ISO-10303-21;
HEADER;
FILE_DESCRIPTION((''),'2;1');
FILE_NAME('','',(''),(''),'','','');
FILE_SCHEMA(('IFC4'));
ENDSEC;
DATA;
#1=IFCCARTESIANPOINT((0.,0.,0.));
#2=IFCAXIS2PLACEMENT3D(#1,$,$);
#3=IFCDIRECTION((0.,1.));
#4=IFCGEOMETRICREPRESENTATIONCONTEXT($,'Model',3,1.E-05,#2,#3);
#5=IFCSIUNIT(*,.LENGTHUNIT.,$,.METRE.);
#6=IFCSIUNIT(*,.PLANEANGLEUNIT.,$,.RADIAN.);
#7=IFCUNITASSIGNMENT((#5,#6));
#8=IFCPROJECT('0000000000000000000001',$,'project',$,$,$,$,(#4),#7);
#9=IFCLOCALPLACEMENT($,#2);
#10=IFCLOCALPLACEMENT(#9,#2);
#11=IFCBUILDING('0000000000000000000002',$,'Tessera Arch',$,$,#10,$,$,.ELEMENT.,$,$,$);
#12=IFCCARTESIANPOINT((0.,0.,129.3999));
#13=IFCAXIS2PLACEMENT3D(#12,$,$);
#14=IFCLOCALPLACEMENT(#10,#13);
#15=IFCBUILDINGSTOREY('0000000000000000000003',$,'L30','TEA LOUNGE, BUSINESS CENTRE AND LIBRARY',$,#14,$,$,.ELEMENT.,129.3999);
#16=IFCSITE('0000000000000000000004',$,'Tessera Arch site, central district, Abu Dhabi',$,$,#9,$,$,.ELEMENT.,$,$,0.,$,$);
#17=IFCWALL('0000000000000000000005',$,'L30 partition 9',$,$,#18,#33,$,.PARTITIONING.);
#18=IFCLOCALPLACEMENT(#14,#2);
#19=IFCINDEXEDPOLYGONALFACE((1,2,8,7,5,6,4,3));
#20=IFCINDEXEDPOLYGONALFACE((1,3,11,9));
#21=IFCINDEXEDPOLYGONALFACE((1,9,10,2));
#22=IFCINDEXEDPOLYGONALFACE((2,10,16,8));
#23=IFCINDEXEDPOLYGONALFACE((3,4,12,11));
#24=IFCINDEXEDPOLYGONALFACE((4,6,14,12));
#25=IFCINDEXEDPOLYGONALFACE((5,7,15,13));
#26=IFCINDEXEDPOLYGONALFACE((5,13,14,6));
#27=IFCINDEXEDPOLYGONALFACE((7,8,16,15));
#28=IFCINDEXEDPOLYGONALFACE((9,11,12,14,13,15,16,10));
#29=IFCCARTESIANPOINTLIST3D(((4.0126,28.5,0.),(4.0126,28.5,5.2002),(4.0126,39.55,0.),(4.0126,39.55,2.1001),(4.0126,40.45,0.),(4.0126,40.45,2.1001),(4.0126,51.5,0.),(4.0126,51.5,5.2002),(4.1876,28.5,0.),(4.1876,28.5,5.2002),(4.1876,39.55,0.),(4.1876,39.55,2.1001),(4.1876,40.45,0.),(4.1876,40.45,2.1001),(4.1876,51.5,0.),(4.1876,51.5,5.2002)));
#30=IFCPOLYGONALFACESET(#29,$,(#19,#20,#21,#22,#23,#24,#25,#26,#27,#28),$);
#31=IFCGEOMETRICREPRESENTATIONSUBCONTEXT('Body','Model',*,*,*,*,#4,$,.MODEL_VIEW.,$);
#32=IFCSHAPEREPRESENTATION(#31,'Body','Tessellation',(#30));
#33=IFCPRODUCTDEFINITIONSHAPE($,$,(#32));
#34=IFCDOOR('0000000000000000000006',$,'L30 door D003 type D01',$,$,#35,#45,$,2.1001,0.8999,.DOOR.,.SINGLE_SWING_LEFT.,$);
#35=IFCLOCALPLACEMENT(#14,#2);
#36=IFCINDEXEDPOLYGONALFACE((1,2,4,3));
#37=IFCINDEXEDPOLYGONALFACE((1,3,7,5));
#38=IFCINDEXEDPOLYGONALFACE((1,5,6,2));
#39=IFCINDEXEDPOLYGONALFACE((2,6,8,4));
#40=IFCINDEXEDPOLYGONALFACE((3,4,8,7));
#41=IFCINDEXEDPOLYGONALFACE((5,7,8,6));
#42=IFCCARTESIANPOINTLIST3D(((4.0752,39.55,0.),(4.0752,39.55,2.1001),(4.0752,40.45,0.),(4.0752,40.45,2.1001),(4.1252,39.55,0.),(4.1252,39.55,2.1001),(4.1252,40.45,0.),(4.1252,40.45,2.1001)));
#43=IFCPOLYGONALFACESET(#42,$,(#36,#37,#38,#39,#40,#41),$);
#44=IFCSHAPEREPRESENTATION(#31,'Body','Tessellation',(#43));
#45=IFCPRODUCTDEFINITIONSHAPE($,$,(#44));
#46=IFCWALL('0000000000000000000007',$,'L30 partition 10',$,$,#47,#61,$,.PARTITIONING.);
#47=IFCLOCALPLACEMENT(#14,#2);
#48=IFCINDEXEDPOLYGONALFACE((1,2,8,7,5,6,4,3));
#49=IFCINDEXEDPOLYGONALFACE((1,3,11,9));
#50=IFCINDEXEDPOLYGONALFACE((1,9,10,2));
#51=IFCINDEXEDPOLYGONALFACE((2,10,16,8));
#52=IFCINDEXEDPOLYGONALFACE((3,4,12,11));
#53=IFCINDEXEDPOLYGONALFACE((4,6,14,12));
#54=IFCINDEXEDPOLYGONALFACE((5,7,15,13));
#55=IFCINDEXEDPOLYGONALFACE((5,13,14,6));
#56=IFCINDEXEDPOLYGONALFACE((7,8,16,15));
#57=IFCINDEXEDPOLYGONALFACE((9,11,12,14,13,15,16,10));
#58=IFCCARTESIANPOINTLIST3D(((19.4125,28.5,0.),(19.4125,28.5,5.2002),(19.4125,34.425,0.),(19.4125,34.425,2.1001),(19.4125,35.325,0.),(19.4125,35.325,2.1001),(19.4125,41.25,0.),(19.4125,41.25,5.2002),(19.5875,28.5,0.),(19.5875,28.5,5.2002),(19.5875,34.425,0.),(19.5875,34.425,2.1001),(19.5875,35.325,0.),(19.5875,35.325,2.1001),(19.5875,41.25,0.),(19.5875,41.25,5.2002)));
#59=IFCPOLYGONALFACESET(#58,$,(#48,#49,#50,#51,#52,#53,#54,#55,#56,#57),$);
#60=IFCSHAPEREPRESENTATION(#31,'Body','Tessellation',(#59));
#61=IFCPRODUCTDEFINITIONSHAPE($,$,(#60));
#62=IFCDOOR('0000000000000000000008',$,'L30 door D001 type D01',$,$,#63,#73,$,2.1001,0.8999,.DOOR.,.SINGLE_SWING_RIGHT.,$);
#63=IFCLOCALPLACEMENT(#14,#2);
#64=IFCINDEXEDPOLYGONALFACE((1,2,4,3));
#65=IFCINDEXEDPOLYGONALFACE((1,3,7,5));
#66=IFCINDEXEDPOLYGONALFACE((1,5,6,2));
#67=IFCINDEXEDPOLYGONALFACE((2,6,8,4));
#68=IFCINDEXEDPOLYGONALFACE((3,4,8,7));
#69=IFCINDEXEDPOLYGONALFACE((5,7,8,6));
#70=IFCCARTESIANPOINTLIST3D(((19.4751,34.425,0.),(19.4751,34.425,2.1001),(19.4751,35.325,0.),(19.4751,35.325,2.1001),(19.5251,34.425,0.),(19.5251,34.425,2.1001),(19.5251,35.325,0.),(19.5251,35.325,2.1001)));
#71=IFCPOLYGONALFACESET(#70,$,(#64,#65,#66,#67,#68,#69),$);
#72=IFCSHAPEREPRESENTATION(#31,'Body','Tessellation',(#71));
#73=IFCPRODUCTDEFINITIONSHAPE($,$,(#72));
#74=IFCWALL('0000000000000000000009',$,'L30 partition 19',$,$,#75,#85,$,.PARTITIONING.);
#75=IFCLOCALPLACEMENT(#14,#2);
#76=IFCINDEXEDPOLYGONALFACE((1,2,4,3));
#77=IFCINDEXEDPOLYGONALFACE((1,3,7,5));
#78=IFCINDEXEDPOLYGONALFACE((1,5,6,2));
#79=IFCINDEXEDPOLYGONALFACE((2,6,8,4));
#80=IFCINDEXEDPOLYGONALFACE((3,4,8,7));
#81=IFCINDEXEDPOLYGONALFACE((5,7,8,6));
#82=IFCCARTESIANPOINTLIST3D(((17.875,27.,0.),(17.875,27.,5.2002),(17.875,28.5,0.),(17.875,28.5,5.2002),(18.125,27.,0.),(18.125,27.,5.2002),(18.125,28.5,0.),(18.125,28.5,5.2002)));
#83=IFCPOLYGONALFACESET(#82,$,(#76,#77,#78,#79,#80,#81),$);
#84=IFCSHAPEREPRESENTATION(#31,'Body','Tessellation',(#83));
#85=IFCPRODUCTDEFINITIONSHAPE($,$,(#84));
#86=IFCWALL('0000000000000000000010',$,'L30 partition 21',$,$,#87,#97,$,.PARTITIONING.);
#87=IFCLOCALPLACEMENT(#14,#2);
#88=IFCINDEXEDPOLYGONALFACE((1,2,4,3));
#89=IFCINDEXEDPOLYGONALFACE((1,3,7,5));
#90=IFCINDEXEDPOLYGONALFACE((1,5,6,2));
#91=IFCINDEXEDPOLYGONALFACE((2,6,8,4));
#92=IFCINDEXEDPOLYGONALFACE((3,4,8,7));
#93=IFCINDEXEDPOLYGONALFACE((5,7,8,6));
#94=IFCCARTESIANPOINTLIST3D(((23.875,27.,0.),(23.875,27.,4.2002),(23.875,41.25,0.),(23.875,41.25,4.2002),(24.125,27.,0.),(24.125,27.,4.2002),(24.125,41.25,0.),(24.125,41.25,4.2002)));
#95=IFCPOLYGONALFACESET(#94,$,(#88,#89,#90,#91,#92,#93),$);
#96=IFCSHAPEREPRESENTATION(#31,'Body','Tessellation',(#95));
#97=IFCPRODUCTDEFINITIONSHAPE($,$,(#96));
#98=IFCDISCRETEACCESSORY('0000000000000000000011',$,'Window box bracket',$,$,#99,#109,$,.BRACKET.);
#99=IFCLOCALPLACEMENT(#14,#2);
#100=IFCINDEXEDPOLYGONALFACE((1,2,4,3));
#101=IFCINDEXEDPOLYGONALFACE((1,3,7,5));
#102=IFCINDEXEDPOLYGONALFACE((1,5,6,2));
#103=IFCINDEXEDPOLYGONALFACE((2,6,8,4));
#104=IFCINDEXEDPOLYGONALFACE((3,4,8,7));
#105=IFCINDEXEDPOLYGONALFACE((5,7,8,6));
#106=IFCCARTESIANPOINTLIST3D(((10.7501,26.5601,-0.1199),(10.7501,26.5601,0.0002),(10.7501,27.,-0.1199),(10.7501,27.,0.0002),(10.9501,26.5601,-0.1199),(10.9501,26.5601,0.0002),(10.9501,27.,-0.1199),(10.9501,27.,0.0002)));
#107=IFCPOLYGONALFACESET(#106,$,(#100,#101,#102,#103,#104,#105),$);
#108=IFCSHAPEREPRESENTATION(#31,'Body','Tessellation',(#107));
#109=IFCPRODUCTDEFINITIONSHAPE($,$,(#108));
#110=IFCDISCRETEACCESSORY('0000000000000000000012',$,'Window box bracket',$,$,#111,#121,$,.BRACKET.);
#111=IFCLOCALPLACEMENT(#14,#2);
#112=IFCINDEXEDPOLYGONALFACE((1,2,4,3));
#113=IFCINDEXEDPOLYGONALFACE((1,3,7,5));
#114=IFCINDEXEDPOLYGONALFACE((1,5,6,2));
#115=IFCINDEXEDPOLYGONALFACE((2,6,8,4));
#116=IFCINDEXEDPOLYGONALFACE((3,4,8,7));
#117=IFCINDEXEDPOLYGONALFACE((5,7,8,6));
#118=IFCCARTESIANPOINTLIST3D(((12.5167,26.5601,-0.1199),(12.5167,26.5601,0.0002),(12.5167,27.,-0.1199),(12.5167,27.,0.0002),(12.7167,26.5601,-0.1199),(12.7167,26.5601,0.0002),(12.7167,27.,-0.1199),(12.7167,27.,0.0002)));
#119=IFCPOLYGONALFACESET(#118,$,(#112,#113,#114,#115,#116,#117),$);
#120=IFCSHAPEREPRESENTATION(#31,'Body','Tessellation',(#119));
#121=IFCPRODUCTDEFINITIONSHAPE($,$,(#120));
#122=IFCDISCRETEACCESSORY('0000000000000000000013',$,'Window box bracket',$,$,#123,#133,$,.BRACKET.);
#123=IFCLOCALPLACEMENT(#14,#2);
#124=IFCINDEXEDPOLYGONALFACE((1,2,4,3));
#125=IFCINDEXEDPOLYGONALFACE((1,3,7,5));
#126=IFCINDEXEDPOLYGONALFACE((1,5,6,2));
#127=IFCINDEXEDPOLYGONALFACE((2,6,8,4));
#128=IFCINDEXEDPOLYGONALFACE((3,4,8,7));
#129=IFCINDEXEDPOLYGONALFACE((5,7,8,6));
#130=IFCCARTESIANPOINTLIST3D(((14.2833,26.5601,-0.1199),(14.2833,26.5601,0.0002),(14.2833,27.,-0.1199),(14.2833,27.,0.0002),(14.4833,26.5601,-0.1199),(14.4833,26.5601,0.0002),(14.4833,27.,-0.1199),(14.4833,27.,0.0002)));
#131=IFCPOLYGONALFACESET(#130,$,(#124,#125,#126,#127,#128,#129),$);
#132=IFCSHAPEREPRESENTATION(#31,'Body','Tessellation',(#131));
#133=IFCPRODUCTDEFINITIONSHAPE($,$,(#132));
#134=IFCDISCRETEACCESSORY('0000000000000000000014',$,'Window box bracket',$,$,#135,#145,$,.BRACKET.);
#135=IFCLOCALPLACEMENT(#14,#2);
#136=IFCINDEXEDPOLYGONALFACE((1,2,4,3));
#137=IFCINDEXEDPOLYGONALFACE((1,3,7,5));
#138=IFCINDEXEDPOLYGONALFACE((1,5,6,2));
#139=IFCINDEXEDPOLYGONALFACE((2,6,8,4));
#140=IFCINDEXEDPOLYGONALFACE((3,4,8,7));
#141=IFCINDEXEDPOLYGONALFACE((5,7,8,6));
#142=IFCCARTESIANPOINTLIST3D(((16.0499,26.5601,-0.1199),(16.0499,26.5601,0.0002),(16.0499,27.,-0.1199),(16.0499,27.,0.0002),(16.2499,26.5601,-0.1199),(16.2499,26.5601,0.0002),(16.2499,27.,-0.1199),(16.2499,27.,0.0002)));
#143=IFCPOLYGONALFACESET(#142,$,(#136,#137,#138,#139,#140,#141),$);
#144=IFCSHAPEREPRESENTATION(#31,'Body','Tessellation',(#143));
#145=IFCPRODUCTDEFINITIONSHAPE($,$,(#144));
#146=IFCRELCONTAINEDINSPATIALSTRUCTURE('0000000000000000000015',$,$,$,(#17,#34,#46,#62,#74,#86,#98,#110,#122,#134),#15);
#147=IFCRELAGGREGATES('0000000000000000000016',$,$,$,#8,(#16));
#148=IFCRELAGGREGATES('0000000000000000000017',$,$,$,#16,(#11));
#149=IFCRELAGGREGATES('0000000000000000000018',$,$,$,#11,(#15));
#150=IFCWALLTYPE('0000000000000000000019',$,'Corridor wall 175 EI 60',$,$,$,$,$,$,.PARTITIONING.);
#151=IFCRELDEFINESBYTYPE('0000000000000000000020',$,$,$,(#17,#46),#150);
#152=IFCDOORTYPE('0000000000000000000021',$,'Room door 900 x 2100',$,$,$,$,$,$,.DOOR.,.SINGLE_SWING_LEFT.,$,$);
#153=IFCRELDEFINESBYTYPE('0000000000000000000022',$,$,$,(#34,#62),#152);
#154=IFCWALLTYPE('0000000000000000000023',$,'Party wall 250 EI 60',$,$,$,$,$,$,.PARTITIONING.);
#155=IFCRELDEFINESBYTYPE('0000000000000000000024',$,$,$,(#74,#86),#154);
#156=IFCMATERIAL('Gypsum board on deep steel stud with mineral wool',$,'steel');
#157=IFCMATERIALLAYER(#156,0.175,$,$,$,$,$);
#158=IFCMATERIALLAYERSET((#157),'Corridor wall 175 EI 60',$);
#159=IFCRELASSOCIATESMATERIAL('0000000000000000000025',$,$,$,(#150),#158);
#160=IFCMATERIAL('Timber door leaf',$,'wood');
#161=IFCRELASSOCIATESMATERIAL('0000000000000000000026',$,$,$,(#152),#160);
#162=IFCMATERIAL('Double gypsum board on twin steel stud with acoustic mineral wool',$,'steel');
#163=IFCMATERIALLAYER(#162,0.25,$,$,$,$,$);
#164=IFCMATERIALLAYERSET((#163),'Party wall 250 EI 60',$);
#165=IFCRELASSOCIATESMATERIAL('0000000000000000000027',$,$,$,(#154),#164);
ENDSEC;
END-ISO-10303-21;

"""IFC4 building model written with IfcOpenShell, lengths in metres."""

from ifc_helpers import new_model, si_unit, direction, frame, frame_2d, origin, origin_2d, place, context, subcontext, project, spatial, rectangle, extrude, material, layer, layer_set, type_object, element, fill, save


model = new_model("IFC4")

# Units and contexts
model_context = context("Model", 3, precision=1e-05, world=origin(), true_north=direction((0.0, 1.0)))
body_context = subcontext(model_context, "Body", "Model", "MODEL_VIEW")
ifc_project = project(units=[si_unit("LENGTHUNIT", "METRE"), si_unit("PLANEANGLEUNIT", "RADIAN")], contexts=[model_context])

# Site, building, storey
site_placement = place(None, origin())
site = spatial("IfcSite", under=ifc_project, at=site_placement, Name="Tessera Arch site, central district, Abu Dhabi", CompositionType="ELEMENT", RefElevation=0.0)
building_placement = place(site_placement, origin())
building = spatial("IfcBuilding", under=site, at=building_placement, Name="Tessera Arch", CompositionType="ELEMENT")
storey_placement = place(building_placement, frame((0.0, 0.0, 129.3999)))
storey = spatial("IfcBuildingStorey", under=building, at=storey_placement, Name="L30", Description="TEA LOUNGE, BUSINESS CENTRE AND LIBRARY", CompositionType="ELEMENT", Elevation=129.3999)

# Shared definitions
ifc_material_1 = material(Name="Gypsum board on deep steel stud with mineral wool", Category="steel")
ifc_layer_1 = layer(ifc_material_1, 0.175)
ifc_layer_set_1 = layer_set([ifc_layer_1], Name="Corridor wall 175 EI 60")
wall_type_1 = type_object("IfcWallType", Name="Corridor wall 175 EI 60", PredefinedType="PARTITIONING", material=ifc_layer_set_1)

# Walls, openings, doors
wall_1_placement = place(storey_placement, frame((4.1001, 28.5, 0.0), z_axis=(0.0, 0.0, 1.0), x_axis=(0.0, 1.0, 0.0)))
wall_1 = element("IfcWall", 1, at=wall_1_placement, inside=storey, type_object=wall_type_1, Name="L30 partition 9", PredefinedType="PARTITIONING", context=body_context, shape_type="SweptSolid", body=[
    extrude(rectangle(XDim=23.0, YDim=0.175, at=frame_2d((11.5, 0.0))), origin(), (0.0, 0.0, 1.0), 5.2002),
])
opening_1_placement = place(wall_1_placement, frame((11.05, 0.0, 0.0)))
opening_1 = element("IfcOpeningElement", 2, at=opening_1_placement, cuts=wall_1, PredefinedType="OPENING", context=body_context, shape_type="SweptSolid", body=[
    extrude(rectangle(XDim=0.8999, YDim=2.1001, at=frame_2d((0.45, 1.05))), frame((0.0, 0.0974, 0.0), z_axis=(0.0, -1.0, 0.0), x_axis=(1.0, 0.0, 0.0)), (0.0, 0.0, 1.0), 0.1951),
])
ifc_material_2 = material(Name="Timber door leaf", Category="wood")
door_type = type_object("IfcDoorType", Name="Room door 900 x 2100", OperationType="SINGLE_SWING_LEFT", PredefinedType="DOOR", material=ifc_material_2)
door_1_placement = place(opening_1_placement, origin())
door_1 = element("IfcDoor", 3, at=door_1_placement, inside=storey, type_object=door_type, Name="L30 door D003 type D01", OperationType="SINGLE_SWING_LEFT", OverallHeight=2.1001, OverallWidth=0.8999, PredefinedType="DOOR", context=body_context, shape_type="SweptSolid", body=[
    extrude(rectangle(XDim=0.8999, YDim=2.1001, at=frame_2d((0.45, 1.05))), frame((0.0, 0.0249, 0.0), z_axis=(0.0, -1.0, 0.0), x_axis=(1.0, 0.0, 0.0)), (0.0, 0.0, 1.0), 0.05),
])
fill(opening_1, door_1)
wall_2_placement = place(storey_placement, frame((19.5, 28.5, 0.0), z_axis=(0.0, 0.0, 1.0), x_axis=(0.0, 1.0, 0.0)))
wall_2 = element("IfcWall", 4, at=wall_2_placement, inside=storey, type_object=wall_type_1, Name="L30 partition 10", PredefinedType="PARTITIONING", context=body_context, shape_type="SweptSolid", body=[
    extrude(rectangle(XDim=12.75, YDim=0.175, at=frame_2d((6.375, 0.0))), origin(), (0.0, 0.0, 1.0), 5.2002),
])
opening_2_placement = place(wall_2_placement, frame((5.925, 0.0, 0.0)))
opening_2 = element("IfcOpeningElement", 5, at=opening_2_placement, cuts=wall_2, PredefinedType="OPENING", context=body_context, shape_type="SweptSolid", body=[
    extrude(rectangle(XDim=0.8999, YDim=2.1001, at=frame_2d((0.45, 1.05))), frame((0.0, 0.0974, 0.0), z_axis=(0.0, -1.0, 0.0), x_axis=(1.0, 0.0, 0.0)), (0.0, 0.0, 1.0), 0.1951),
])
door_2_placement = place(opening_2_placement, origin())
door_2 = element("IfcDoor", 6, at=door_2_placement, inside=storey, type_object=door_type, Name="L30 door D001 type D01", OperationType="SINGLE_SWING_RIGHT", OverallHeight=2.1001, OverallWidth=0.8999, PredefinedType="DOOR", context=body_context, shape_type="SweptSolid", body=[
    extrude(rectangle(XDim=0.8999, YDim=2.1001, at=frame_2d((0.45, 1.05))), frame((0.0, 0.0249, 0.0), z_axis=(0.0, -1.0, 0.0), x_axis=(1.0, 0.0, 0.0)), (0.0, 0.0, 1.0), 0.05),
])
fill(opening_2, door_2)

# Walls
ifc_material_3 = material(Name="Double gypsum board on twin steel stud with acoustic mineral wool", Category="steel")
ifc_layer_2 = layer(ifc_material_3, 0.25)
ifc_layer_set_2 = layer_set([ifc_layer_2], Name="Party wall 250 EI 60")
wall_type_2 = type_object("IfcWallType", Name="Party wall 250 EI 60", PredefinedType="PARTITIONING", material=ifc_layer_set_2)
wall_3_placement = place(storey_placement, frame((18.0, 27.0, 0.0), z_axis=(0.0, 0.0, 1.0), x_axis=(0.0, 1.0, 0.0)))
element("IfcWall", 7, at=wall_3_placement, inside=storey, type_object=wall_type_2, Name="L30 partition 19", PredefinedType="PARTITIONING", context=body_context, shape_type="SweptSolid", body=[
    extrude(rectangle(XDim=1.5, YDim=0.25, at=frame_2d((0.75, 0.0))), origin(), (0.0, 0.0, 1.0), 5.2002),
])
wall_4_placement = place(storey_placement, frame((24.0, 27.0, 0.0), z_axis=(0.0, 0.0, 1.0), x_axis=(0.0, 1.0, 0.0)))
element("IfcWall", 8, at=wall_4_placement, inside=storey, type_object=wall_type_2, Name="L30 partition 21", PredefinedType="PARTITIONING", context=body_context, shape_type="SweptSolid", body=[
    extrude(rectangle(XDim=14.25, YDim=0.25, at=frame_2d((7.125, 0.0))), origin(), (0.0, 0.0, 1.0), 4.2002),
])

# Discrete accessories
for number, where, z_axis, x_axis, name in (
    (9, (10.8501, 26.78, -0.1199), (0.0, 0.0, 1.0), (0.0, -1.0, 0.0), "Window box bracket"),
    (10, (12.6167, 26.78, -0.1199), (0.0, 0.0, 1.0), (0.0, -1.0, 0.0), "Window box bracket"),
    (11, (14.3833, 26.78, -0.1199), (0.0, 0.0, 1.0), (0.0, -1.0, 0.0), "Window box bracket"),
    (12, (16.1499, 26.78, -0.1199), (0.0, 0.0, 1.0), (0.0, -1.0, 0.0), "Window box bracket"),
):
    element("IfcDiscreteAccessory", number, at=place(storey_placement, frame(where, z_axis=z_axis, x_axis=x_axis)), inside=storey, Name=name, PredefinedType="BRACKET", context=body_context, shape_type="SweptSolid", body=[
        extrude(rectangle(XDim=0.4399, YDim=0.2, at=origin_2d()), origin(), (0.0, 0.0, 1.0), 0.1201),
    ])

save(model, "model.ifc")
